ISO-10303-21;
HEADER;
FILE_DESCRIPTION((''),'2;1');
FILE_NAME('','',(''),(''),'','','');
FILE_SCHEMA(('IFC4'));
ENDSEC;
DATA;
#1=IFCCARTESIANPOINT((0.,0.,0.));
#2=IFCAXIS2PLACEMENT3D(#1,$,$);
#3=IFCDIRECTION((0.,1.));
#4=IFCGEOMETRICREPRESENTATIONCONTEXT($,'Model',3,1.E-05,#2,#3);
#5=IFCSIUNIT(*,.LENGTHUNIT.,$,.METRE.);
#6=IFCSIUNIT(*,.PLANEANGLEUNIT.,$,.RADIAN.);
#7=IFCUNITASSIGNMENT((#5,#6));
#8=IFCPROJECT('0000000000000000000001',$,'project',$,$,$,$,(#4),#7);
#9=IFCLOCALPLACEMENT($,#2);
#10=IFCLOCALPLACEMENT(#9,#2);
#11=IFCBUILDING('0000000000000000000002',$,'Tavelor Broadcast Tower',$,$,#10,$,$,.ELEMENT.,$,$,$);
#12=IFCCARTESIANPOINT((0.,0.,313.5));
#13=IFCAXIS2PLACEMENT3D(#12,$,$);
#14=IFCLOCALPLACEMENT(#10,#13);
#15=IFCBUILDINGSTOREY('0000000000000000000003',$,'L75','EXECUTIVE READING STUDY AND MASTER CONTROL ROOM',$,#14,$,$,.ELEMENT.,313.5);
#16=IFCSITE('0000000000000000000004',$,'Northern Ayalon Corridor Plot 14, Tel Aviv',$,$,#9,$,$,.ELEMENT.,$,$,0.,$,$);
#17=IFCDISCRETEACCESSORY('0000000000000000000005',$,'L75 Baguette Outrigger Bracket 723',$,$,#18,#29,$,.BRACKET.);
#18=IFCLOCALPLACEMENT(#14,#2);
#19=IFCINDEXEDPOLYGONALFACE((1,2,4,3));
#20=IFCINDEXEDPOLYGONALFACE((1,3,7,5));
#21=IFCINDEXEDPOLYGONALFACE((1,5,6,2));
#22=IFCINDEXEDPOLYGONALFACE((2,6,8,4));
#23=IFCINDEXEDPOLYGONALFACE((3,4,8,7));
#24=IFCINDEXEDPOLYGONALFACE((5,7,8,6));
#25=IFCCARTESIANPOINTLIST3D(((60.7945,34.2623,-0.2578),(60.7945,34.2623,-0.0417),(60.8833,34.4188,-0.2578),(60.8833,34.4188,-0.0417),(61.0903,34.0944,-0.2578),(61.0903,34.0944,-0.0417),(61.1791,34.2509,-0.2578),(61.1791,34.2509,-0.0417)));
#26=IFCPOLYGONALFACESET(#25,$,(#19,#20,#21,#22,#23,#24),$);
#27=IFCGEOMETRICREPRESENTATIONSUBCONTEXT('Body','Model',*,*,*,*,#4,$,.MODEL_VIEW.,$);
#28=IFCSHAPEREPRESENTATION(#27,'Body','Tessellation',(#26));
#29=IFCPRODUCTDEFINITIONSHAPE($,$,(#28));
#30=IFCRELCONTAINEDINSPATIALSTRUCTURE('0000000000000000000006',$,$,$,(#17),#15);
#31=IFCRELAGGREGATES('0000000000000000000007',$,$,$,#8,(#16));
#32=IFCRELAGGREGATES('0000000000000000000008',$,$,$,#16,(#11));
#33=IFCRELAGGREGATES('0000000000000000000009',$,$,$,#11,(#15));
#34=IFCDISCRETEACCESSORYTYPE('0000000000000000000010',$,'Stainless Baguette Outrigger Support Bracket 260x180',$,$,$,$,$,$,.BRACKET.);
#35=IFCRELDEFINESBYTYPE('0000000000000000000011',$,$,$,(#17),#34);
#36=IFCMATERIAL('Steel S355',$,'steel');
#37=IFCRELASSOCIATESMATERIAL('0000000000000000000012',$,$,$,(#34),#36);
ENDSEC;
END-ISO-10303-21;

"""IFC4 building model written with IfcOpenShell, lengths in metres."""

from ifc_helpers import new_model, si_unit, direction, frame, origin, origin_2d, place, context, subcontext, project, spatial, rectangle, extrude, source, transform, mapped, material, type_object, type_shapes, element, save


model = new_model("IFC4")

# Units and contexts
model_context = context("Model", 3, precision=1e-05, world=origin(), true_north=direction((0.0, 1.0)))
body_context = subcontext(model_context, "Body", "Model", "MODEL_VIEW")
ifc_project = project(units=[si_unit("LENGTHUNIT", "METRE"), si_unit("PLANEANGLEUNIT", "RADIAN")], contexts=[model_context])

# Site, building, storey
site_placement = place(None, origin())
site = spatial("IfcSite", under=ifc_project, at=site_placement, Name="Northern Ayalon Corridor Plot 14, Tel Aviv", CompositionType="ELEMENT", RefElevation=0.0)
building_placement = place(site_placement, origin())
building = spatial("IfcBuilding", under=site, at=building_placement, Name="Tavelor Broadcast Tower", CompositionType="ELEMENT")
storey_placement = place(building_placement, frame((0.0, 0.0, 313.5)))
storey = spatial("IfcBuildingStorey", under=building, at=storey_placement, Name="L75", Description="EXECUTIVE READING STUDY AND MASTER CONTROL ROOM", CompositionType="ELEMENT", Elevation=313.5)

# Shared definitions
ifc_material_1 = material(Name="Steel S355", Category="steel")

# Discrete accessory
discrete_accessory_type = type_object("IfcDiscreteAccessoryType", Name="Stainless Baguette Outrigger Support Bracket 260x180", PredefinedType="BRACKET", material=ifc_material_1)
shared_shape_1 = source(origin(), body_context, "Body", "SweptSolid", [
    extrude(rectangle(XDim=0.1799, YDim=0.3401, at=origin_2d()), origin(), (0.0, 0.0, 1.0), 0.2161),
])
type_shapes(discrete_accessory_type, [shared_shape_1])
discrete_accessory_placement = place(storey_placement, frame((60.9868, 34.2566, -0.2578), z_axis=(0.0, 0.0, 1.0), x_axis=(0.493638, 0.869667, 0.0)))
element("IfcDiscreteAccessory", 1, at=discrete_accessory_placement, inside=storey, type_object=discrete_accessory_type, Name="L75 Baguette Outrigger Bracket 723", PredefinedType="BRACKET", context=body_context, shape_type="MappedRepresentation", body=[
    mapped(shared_shape_1, transform((0.0, 0.0, 0.0), scale=1.0)),
])

save(model, "model.ifc")
